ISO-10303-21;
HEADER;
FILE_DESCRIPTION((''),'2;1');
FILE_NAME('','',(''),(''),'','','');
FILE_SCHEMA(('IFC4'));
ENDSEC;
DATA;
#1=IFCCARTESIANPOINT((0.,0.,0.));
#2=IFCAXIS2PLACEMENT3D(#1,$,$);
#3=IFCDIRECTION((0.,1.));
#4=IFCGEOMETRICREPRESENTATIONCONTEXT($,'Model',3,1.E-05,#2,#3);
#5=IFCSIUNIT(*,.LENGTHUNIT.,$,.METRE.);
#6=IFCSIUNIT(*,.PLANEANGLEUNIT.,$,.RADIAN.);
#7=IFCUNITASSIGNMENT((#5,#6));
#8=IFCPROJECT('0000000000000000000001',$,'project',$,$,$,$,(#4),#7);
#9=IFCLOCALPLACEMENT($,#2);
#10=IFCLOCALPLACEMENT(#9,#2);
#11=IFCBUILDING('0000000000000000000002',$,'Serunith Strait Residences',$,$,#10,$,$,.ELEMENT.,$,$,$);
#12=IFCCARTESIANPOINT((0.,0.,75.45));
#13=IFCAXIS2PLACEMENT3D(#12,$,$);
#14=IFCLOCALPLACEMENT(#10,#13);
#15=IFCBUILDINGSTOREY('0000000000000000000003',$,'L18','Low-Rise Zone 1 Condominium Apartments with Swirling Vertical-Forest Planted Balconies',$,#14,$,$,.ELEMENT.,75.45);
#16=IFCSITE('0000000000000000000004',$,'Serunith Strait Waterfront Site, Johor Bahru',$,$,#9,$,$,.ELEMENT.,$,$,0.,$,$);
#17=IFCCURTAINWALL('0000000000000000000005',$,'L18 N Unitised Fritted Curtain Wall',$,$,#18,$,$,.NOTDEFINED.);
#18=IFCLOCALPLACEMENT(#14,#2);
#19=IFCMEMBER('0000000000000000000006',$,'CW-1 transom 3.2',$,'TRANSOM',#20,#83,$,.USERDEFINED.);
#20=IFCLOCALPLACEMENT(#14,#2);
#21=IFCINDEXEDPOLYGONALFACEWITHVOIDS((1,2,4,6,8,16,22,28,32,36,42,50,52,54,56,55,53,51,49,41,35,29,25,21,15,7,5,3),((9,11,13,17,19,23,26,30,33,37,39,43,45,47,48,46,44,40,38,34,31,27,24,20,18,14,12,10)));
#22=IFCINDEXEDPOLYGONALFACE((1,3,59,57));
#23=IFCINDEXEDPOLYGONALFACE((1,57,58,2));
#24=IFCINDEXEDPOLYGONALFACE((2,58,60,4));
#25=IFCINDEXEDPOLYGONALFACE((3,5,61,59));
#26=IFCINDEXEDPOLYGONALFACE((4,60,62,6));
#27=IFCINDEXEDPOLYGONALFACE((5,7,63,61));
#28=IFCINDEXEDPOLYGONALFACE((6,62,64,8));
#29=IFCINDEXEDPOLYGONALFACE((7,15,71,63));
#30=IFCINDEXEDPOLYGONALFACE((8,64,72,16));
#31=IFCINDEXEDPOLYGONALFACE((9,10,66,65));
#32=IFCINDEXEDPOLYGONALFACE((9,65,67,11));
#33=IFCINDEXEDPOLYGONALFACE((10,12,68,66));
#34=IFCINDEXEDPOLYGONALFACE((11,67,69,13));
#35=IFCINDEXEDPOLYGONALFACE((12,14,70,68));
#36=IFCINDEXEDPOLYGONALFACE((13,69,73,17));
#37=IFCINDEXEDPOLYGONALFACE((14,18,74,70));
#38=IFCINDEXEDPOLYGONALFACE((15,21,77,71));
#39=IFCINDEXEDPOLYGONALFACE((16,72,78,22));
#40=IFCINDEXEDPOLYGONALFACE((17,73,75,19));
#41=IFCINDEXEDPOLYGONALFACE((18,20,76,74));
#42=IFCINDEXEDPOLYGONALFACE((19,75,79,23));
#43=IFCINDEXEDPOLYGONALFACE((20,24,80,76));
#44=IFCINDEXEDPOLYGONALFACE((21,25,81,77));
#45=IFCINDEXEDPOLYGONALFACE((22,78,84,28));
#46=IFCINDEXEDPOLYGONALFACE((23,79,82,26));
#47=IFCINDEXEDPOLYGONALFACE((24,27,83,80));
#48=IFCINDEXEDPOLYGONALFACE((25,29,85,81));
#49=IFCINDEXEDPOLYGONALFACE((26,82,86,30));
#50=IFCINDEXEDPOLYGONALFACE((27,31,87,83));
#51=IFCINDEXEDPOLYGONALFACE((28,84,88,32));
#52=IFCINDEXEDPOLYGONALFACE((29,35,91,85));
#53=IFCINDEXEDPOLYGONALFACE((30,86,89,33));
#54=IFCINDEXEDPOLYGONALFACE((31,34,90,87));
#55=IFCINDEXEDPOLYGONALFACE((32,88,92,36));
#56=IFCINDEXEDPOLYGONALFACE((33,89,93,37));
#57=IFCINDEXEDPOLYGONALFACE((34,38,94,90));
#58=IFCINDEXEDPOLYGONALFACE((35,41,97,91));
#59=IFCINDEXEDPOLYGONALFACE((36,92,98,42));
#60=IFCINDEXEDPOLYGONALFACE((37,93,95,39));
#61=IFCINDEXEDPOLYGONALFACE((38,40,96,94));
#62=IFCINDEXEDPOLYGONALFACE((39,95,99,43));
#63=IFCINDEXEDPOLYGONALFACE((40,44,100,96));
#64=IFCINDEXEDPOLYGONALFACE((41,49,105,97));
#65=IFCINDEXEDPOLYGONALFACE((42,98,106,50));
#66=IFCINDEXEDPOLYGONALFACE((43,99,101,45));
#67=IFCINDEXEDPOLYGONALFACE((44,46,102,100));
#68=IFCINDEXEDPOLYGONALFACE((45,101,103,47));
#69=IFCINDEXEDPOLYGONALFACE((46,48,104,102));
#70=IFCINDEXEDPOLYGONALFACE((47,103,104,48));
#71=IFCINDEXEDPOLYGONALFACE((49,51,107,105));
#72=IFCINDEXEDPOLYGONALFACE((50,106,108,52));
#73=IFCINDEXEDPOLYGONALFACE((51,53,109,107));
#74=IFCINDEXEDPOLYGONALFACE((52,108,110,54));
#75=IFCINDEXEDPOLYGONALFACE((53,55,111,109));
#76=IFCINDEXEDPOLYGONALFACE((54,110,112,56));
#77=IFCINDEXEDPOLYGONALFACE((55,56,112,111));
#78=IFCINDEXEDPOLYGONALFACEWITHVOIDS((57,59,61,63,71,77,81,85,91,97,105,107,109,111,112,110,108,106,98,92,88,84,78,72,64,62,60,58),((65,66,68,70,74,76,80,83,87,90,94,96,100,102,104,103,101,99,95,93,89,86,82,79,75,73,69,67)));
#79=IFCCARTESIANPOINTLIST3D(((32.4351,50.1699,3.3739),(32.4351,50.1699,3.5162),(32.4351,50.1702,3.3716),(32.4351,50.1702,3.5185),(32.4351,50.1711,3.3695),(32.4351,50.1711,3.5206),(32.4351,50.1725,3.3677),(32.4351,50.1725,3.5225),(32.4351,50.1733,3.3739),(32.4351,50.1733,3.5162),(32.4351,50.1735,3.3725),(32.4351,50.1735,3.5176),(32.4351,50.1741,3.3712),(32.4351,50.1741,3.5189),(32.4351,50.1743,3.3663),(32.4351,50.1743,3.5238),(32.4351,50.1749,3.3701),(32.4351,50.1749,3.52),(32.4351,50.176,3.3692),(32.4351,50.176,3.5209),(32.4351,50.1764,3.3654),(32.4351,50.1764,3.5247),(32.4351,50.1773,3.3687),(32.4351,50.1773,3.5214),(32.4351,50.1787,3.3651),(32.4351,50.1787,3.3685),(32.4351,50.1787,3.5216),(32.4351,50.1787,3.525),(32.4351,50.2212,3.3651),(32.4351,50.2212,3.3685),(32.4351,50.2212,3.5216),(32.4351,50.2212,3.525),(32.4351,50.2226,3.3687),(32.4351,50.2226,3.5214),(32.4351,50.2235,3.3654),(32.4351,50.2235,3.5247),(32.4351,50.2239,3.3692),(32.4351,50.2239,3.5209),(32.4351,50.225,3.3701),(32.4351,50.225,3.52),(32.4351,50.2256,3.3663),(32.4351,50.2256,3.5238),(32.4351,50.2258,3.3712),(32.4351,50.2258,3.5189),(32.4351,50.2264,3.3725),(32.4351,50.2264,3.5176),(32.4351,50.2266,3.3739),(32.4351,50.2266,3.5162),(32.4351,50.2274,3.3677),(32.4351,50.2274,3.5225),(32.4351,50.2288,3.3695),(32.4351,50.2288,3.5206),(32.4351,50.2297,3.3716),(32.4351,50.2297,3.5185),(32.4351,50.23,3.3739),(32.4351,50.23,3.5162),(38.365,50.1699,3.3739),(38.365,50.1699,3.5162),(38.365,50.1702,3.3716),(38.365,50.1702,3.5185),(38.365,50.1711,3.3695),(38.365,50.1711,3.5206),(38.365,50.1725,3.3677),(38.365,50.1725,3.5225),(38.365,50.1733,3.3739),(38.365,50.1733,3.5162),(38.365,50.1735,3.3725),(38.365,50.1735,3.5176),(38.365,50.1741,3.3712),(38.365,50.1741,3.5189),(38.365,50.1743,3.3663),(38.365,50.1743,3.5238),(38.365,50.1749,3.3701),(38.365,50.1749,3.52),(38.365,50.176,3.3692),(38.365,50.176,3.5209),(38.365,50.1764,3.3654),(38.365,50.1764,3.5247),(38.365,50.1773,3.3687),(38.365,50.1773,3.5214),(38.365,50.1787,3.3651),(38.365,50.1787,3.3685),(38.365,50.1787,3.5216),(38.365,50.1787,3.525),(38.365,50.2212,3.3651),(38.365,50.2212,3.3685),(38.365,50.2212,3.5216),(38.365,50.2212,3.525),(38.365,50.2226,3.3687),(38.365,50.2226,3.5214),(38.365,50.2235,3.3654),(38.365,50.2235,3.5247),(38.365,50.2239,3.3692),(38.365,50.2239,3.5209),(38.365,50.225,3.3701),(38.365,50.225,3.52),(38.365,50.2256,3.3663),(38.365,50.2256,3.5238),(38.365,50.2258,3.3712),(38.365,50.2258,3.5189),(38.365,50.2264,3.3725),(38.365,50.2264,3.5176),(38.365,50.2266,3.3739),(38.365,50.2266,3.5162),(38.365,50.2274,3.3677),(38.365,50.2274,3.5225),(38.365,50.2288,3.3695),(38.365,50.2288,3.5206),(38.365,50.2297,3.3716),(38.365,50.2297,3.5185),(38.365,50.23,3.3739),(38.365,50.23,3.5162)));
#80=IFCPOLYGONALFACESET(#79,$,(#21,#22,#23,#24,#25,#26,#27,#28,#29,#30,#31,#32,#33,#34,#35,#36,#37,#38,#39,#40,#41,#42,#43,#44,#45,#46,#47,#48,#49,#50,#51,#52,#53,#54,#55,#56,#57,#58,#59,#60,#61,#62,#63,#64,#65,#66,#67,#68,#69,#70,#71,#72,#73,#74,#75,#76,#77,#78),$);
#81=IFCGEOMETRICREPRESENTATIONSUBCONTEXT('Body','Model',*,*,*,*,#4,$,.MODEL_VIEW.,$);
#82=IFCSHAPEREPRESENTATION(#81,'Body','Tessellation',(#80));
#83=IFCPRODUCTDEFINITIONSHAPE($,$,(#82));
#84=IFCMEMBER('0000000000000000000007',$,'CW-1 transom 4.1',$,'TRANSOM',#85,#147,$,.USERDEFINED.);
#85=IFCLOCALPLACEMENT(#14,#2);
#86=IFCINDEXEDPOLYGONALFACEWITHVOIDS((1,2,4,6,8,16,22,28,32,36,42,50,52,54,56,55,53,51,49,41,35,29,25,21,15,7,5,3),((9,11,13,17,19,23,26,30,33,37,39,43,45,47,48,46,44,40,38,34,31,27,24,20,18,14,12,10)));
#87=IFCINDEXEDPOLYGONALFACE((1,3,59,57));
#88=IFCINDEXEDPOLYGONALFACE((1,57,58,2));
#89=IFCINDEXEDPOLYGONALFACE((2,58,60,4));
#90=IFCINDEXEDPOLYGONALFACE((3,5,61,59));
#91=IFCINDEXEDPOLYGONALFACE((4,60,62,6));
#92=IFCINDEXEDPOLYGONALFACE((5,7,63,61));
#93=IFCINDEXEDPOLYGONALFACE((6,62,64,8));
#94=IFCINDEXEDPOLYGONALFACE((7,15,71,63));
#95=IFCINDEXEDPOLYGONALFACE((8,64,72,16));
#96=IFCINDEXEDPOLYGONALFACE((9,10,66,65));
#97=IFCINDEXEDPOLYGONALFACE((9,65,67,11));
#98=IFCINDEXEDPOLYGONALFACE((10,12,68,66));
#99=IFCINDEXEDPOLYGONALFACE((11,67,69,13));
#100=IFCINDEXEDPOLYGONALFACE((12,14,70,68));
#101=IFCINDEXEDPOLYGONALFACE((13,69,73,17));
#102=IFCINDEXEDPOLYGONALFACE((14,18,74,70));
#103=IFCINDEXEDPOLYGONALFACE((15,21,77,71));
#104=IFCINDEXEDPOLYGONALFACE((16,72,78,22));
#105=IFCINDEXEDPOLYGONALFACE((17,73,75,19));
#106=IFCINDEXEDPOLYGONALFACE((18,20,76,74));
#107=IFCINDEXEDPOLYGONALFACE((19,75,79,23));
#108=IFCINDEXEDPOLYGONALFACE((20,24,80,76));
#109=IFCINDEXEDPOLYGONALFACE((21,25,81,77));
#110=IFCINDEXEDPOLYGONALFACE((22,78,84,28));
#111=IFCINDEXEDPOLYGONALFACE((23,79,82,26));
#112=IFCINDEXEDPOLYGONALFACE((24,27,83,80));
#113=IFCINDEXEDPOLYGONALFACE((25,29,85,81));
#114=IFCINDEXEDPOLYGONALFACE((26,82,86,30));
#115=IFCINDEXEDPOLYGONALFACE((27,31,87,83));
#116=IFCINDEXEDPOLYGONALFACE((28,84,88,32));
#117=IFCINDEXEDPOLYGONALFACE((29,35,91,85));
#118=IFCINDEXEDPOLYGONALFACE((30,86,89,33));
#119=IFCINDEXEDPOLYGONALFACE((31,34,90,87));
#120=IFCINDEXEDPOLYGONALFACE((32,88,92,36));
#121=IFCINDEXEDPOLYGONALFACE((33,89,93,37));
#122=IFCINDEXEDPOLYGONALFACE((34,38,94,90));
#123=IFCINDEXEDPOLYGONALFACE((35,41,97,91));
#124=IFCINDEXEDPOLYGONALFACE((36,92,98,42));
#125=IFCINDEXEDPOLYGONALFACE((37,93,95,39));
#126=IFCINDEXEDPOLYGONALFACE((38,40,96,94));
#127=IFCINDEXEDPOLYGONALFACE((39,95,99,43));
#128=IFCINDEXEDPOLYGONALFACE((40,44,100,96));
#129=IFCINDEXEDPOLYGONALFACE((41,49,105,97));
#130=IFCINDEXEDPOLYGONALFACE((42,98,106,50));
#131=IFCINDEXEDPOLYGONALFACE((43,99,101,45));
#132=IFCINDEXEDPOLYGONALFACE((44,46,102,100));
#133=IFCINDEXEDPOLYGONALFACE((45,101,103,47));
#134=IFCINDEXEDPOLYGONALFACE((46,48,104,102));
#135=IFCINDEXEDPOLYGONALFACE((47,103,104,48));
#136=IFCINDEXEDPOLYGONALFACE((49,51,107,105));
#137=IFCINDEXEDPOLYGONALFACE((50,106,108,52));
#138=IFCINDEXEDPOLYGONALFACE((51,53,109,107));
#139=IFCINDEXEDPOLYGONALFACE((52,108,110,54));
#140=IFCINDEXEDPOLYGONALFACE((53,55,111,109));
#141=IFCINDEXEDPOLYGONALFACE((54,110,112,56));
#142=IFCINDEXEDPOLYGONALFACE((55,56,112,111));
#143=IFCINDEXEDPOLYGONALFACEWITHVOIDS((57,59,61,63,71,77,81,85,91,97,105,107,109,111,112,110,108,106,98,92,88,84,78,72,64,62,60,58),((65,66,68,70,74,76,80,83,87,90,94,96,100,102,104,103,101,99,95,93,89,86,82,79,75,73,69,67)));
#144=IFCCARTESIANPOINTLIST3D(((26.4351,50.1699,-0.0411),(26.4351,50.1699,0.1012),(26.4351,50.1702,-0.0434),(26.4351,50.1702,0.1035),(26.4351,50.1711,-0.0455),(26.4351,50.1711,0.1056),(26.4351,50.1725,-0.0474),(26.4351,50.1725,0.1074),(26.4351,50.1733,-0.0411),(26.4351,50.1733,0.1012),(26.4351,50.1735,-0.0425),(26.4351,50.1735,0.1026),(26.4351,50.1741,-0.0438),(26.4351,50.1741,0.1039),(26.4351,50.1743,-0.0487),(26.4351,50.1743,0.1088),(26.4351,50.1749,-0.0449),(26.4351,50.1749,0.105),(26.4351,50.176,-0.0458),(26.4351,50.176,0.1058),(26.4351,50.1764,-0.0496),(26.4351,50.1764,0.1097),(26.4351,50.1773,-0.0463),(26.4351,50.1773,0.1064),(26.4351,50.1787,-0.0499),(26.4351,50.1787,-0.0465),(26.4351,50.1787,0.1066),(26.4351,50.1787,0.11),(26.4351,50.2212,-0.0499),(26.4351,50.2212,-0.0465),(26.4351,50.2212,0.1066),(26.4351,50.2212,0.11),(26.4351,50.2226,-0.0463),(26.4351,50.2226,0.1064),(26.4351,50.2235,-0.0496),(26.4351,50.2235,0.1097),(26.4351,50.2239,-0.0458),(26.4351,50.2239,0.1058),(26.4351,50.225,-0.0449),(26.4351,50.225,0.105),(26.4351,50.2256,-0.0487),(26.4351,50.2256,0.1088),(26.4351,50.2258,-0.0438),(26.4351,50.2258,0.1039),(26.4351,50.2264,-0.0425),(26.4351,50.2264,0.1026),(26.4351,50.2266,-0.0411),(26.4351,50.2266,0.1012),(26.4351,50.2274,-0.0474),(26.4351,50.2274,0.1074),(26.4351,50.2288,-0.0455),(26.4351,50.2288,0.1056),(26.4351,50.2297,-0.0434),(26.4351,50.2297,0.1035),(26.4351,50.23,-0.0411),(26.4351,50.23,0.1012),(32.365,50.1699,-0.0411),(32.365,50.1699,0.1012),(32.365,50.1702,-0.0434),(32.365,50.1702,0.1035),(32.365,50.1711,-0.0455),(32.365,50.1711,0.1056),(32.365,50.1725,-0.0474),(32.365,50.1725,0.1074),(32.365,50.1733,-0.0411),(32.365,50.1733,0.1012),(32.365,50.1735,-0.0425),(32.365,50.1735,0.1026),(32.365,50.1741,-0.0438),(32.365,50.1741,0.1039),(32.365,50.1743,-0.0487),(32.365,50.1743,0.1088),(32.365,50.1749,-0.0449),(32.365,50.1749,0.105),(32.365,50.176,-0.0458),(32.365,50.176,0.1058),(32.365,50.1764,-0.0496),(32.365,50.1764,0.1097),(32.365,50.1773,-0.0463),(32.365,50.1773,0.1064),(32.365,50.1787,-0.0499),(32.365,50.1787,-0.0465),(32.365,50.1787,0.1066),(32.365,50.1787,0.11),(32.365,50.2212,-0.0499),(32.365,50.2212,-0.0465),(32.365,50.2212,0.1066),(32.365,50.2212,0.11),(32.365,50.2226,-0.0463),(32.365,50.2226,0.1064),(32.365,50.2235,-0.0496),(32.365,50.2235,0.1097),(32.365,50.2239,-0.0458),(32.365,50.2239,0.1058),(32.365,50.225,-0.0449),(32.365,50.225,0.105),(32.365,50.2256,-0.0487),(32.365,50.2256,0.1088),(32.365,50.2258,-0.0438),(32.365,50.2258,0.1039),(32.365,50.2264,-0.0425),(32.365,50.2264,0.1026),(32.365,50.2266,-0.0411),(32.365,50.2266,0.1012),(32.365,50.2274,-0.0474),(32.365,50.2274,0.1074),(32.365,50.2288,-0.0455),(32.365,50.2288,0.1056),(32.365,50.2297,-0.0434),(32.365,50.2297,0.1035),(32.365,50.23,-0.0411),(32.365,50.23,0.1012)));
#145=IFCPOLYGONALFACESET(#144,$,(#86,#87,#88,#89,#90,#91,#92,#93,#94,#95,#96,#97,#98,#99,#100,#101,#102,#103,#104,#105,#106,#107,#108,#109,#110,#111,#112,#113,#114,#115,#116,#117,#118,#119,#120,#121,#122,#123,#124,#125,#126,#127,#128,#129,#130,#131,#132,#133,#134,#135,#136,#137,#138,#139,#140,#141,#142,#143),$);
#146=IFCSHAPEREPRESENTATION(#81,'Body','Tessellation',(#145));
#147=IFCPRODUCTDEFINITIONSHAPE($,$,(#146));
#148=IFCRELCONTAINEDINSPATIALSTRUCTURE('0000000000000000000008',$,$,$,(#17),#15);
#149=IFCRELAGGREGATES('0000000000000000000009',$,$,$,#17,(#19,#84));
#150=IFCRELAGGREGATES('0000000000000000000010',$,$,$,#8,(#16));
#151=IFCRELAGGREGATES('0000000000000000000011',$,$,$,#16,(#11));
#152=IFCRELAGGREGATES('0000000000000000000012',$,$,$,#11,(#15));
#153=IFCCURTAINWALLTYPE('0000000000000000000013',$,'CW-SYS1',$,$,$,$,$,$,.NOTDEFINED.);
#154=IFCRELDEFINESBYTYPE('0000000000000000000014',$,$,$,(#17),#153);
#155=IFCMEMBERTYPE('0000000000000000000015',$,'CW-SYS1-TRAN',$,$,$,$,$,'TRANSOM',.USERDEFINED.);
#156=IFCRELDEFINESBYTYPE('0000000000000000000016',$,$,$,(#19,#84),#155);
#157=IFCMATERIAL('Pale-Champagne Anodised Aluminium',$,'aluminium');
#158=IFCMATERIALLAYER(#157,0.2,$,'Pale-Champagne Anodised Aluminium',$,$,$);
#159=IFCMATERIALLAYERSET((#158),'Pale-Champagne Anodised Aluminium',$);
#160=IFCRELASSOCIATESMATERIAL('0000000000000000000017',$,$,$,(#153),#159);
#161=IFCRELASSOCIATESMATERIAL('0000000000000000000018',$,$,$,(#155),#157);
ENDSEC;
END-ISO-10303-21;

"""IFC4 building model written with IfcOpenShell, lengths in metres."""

from ifc_helpers import new_model, si_unit, direction, frame, origin, origin_2d, place, context, subcontext, project, spatial, hollow_rectangle, extrude, source, transform, mapped, material, layer, layer_set, material_profile, profile_set, type_object, element, aggregate, save


model = new_model("IFC4")

# Units and contexts
model_context = context("Model", 3, precision=1e-05, world=origin(), true_north=direction((0.0, 1.0)))
body_context = subcontext(model_context, "Body", "Model", "MODEL_VIEW")
ifc_project = project(units=[si_unit("LENGTHUNIT", "METRE"), si_unit("PLANEANGLEUNIT", "RADIAN")], contexts=[model_context])

# Site, building, storey
site_placement = place(None, origin())
site = spatial("IfcSite", under=ifc_project, at=site_placement, Name="Serunith Strait Waterfront Site, Johor Bahru", CompositionType="ELEMENT", RefElevation=0.0)
building_placement = place(site_placement, origin())
building = spatial("IfcBuilding", under=site, at=building_placement, Name="Serunith Strait Residences", CompositionType="ELEMENT")
storey_placement = place(building_placement, frame((0.0, 0.0, 75.45)))
storey = spatial("IfcBuildingStorey", under=building, at=storey_placement, Name="L18", Description="Low-Rise Zone 1 Condominium Apartments with Swirling Vertical-Forest Planted Balconies", CompositionType="ELEMENT", Elevation=75.45)

# Curtain wall, members
ifc_material_1 = material(Name="Pale-Champagne Anodised Aluminium", Category="aluminium")
ifc_layer_1 = layer(ifc_material_1, 0.2, Name="Pale-Champagne Anodised Aluminium")
ifc_layer_set_1 = layer_set([ifc_layer_1], Name="Pale-Champagne Anodised Aluminium")
curtain_wall_type = type_object("IfcCurtainWallType", Name="CW-SYS1", PredefinedType="NOTDEFINED", material=ifc_layer_set_1)
curtain_wall_placement = place(storey_placement, origin())
curtain_wall = element("IfcCurtainWall", 1, at=curtain_wall_placement, inside=storey, type_object=curtain_wall_type, Name="L18 N Unitised Fritted Curtain Wall", PredefinedType="NOTDEFINED")
ifc_material_profile_1 = material_profile(ifc_material_1, hollow_rectangle(XDim=0.0601, YDim=0.1599, WallThickness=0.0034, InnerFilletRadius=0.0054, OuterFilletRadius=0.0088, at=origin_2d()), Name="ALU 160x60x3.5")
ifc_profile_set_1 = profile_set([ifc_material_profile_1], Name="Pale-Champagne Anodised Aluminium")
member_type_1 = type_object("IfcMemberType", Name="CW-SYS1-TRAN", ElementType="TRANSOM", PredefinedType="USERDEFINED", material=ifc_profile_set_1)
shared_shape_1 = source(origin(), body_context, "Body", "SweptSolid", [
    extrude(hollow_rectangle(XDim=0.0601, YDim=0.1599, WallThickness=0.0034, InnerFilletRadius=0.0054, OuterFilletRadius=0.0088, at=origin_2d()), origin(), (0.0, 0.0, 1.0), 5.9299),
])
member_1_placement = place(storey_placement, frame((38.365, 50.2, 3.4451), z_axis=(-1.0, 0.0, 0.0), x_axis=(0.0, -1.0, 0.0)))
member_1 = element("IfcMember", 2, at=member_1_placement, type_object=member_type_1, Name="CW-1 transom 3.2", ObjectType="TRANSOM", PredefinedType="USERDEFINED", context=body_context, shape_type="MappedRepresentation", body=[
    mapped(shared_shape_1, transform((0.0, 0.0, 0.0), scale=1.0)),
])
member_2_placement = place(storey_placement, frame((32.365, 50.2, 0.03), z_axis=(-1.0, 0.0, 0.0), x_axis=(0.0, -1.0, 0.0)))
member_2 = element("IfcMember", 3, at=member_2_placement, type_object=member_type_1, Name="CW-1 transom 4.1", ObjectType="TRANSOM", PredefinedType="USERDEFINED", context=body_context, shape_type="MappedRepresentation", body=[
    mapped(shared_shape_1, transform((0.0, 0.0, 0.0), scale=1.0)),
])
aggregate(curtain_wall, [member_1, member_2])

save(model, "model.ifc")
